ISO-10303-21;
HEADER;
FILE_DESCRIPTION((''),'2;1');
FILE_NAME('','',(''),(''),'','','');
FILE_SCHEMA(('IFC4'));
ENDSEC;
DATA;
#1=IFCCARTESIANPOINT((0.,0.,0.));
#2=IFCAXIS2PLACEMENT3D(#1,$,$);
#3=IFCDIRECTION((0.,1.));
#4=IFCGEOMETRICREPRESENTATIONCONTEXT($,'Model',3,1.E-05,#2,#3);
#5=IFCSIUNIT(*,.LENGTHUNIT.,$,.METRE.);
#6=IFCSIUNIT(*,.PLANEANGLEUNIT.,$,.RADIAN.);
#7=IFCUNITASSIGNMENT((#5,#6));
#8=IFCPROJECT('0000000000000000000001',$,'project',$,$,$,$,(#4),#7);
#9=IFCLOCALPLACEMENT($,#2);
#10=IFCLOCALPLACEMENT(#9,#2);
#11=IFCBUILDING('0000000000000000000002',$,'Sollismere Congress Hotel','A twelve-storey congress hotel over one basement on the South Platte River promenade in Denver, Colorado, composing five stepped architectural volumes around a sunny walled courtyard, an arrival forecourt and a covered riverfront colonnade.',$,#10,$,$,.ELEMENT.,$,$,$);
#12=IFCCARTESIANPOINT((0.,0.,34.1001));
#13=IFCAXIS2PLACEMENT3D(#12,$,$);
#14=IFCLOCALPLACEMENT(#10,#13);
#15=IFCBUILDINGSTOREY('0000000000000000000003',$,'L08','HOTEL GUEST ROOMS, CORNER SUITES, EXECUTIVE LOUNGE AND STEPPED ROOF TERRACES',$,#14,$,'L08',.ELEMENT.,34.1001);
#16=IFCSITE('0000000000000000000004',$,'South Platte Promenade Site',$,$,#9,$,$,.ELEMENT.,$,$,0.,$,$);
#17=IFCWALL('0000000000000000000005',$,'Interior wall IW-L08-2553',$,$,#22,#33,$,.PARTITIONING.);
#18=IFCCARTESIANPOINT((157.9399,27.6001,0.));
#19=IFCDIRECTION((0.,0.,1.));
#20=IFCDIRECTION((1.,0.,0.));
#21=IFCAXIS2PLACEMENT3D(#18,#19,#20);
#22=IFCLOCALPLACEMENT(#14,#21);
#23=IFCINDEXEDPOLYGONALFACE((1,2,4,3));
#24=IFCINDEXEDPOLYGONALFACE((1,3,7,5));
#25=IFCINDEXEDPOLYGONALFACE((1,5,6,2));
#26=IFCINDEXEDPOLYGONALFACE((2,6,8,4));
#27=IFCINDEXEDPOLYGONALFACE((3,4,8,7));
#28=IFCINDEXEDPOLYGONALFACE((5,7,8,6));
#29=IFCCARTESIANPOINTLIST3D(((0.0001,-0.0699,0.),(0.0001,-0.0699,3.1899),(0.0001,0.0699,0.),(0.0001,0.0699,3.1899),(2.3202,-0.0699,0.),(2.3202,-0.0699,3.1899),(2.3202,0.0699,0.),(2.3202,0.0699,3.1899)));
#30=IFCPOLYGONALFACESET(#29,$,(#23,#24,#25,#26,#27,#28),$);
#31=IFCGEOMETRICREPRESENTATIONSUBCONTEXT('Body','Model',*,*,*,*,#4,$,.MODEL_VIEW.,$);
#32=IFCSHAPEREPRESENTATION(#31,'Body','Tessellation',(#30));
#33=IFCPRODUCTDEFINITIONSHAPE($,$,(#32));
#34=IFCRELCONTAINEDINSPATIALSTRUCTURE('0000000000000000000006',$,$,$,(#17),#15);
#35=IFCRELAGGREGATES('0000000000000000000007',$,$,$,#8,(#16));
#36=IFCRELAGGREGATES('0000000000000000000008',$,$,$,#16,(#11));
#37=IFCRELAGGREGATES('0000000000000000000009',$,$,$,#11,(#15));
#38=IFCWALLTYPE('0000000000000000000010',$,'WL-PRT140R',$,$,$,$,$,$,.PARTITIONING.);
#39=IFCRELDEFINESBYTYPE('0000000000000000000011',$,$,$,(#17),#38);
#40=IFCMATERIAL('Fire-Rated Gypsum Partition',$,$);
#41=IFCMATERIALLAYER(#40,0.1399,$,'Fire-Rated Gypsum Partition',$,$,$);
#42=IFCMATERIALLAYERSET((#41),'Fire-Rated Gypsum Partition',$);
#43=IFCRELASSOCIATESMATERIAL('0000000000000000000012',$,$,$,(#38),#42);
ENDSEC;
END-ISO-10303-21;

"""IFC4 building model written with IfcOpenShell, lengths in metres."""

from ifc_helpers import new_model, si_unit, direction, frame, frame_2d, origin, place, context, subcontext, project, spatial, rectangle, extrude, material, layer, layer_set, type_object, element, save


model = new_model("IFC4")

# Units and contexts
model_context = context("Model", 3, precision=1e-05, world=origin(), true_north=direction((0.0, 1.0)))
body_context = subcontext(model_context, "Body", "Model", "MODEL_VIEW")
ifc_project = project(units=[si_unit("LENGTHUNIT", "METRE"), si_unit("PLANEANGLEUNIT", "RADIAN")], contexts=[model_context])

# Site, building, storey
site_placement = place(None, origin())
site = spatial("IfcSite", under=ifc_project, at=site_placement, Name="South Platte Promenade Site", CompositionType="ELEMENT", RefElevation=0.0)
building_placement = place(site_placement, origin())
building = spatial("IfcBuilding", under=site, at=building_placement, Name="Sollismere Congress Hotel", Description="A twelve-storey congress hotel over one basement on the South Platte River promenade in Denver, Colorado, composing five stepped architectural volumes around a sunny walled courtyard, an arrival forecourt and a covered riverfront colonnade.", CompositionType="ELEMENT")
storey_placement = place(building_placement, frame((0.0, 0.0, 34.1001)))
storey = spatial("IfcBuildingStorey", under=building, at=storey_placement, Name="L08", Description="HOTEL GUEST ROOMS, CORNER SUITES, EXECUTIVE LOUNGE AND STEPPED ROOF TERRACES", LongName="L08", CompositionType="ELEMENT", Elevation=34.1001)

# Shared definitions
ifc_material_1 = material(Name="Fire-Rated Gypsum Partition")
ifc_layer_1 = layer(ifc_material_1, 0.1399, Name="Fire-Rated Gypsum Partition")
ifc_layer_set_1 = layer_set([ifc_layer_1], Name="Fire-Rated Gypsum Partition")
wall_type_1 = type_object("IfcWallType", Name="WL-PRT140R", PredefinedType="PARTITIONING", material=ifc_layer_set_1)

# Wall
wall_1_placement = place(storey_placement, frame((157.9399, 27.6001, 0.0), z_axis=(0.0, 0.0, 1.0), x_axis=(1.0, 0.0, 0.0)))
element("IfcWall", 1, at=wall_1_placement, inside=storey, type_object=wall_type_1, Name="Interior wall IW-L08-2553", PredefinedType="PARTITIONING", context=body_context, shape_type="SweptSolid", body=[
    extrude(rectangle(XDim=2.3201, YDim=0.1399, at=frame_2d((1.1602, 0.0))), origin(), (0.0, 0.0, 1.0), 3.1899),
])

save(model, "model.ifc")
